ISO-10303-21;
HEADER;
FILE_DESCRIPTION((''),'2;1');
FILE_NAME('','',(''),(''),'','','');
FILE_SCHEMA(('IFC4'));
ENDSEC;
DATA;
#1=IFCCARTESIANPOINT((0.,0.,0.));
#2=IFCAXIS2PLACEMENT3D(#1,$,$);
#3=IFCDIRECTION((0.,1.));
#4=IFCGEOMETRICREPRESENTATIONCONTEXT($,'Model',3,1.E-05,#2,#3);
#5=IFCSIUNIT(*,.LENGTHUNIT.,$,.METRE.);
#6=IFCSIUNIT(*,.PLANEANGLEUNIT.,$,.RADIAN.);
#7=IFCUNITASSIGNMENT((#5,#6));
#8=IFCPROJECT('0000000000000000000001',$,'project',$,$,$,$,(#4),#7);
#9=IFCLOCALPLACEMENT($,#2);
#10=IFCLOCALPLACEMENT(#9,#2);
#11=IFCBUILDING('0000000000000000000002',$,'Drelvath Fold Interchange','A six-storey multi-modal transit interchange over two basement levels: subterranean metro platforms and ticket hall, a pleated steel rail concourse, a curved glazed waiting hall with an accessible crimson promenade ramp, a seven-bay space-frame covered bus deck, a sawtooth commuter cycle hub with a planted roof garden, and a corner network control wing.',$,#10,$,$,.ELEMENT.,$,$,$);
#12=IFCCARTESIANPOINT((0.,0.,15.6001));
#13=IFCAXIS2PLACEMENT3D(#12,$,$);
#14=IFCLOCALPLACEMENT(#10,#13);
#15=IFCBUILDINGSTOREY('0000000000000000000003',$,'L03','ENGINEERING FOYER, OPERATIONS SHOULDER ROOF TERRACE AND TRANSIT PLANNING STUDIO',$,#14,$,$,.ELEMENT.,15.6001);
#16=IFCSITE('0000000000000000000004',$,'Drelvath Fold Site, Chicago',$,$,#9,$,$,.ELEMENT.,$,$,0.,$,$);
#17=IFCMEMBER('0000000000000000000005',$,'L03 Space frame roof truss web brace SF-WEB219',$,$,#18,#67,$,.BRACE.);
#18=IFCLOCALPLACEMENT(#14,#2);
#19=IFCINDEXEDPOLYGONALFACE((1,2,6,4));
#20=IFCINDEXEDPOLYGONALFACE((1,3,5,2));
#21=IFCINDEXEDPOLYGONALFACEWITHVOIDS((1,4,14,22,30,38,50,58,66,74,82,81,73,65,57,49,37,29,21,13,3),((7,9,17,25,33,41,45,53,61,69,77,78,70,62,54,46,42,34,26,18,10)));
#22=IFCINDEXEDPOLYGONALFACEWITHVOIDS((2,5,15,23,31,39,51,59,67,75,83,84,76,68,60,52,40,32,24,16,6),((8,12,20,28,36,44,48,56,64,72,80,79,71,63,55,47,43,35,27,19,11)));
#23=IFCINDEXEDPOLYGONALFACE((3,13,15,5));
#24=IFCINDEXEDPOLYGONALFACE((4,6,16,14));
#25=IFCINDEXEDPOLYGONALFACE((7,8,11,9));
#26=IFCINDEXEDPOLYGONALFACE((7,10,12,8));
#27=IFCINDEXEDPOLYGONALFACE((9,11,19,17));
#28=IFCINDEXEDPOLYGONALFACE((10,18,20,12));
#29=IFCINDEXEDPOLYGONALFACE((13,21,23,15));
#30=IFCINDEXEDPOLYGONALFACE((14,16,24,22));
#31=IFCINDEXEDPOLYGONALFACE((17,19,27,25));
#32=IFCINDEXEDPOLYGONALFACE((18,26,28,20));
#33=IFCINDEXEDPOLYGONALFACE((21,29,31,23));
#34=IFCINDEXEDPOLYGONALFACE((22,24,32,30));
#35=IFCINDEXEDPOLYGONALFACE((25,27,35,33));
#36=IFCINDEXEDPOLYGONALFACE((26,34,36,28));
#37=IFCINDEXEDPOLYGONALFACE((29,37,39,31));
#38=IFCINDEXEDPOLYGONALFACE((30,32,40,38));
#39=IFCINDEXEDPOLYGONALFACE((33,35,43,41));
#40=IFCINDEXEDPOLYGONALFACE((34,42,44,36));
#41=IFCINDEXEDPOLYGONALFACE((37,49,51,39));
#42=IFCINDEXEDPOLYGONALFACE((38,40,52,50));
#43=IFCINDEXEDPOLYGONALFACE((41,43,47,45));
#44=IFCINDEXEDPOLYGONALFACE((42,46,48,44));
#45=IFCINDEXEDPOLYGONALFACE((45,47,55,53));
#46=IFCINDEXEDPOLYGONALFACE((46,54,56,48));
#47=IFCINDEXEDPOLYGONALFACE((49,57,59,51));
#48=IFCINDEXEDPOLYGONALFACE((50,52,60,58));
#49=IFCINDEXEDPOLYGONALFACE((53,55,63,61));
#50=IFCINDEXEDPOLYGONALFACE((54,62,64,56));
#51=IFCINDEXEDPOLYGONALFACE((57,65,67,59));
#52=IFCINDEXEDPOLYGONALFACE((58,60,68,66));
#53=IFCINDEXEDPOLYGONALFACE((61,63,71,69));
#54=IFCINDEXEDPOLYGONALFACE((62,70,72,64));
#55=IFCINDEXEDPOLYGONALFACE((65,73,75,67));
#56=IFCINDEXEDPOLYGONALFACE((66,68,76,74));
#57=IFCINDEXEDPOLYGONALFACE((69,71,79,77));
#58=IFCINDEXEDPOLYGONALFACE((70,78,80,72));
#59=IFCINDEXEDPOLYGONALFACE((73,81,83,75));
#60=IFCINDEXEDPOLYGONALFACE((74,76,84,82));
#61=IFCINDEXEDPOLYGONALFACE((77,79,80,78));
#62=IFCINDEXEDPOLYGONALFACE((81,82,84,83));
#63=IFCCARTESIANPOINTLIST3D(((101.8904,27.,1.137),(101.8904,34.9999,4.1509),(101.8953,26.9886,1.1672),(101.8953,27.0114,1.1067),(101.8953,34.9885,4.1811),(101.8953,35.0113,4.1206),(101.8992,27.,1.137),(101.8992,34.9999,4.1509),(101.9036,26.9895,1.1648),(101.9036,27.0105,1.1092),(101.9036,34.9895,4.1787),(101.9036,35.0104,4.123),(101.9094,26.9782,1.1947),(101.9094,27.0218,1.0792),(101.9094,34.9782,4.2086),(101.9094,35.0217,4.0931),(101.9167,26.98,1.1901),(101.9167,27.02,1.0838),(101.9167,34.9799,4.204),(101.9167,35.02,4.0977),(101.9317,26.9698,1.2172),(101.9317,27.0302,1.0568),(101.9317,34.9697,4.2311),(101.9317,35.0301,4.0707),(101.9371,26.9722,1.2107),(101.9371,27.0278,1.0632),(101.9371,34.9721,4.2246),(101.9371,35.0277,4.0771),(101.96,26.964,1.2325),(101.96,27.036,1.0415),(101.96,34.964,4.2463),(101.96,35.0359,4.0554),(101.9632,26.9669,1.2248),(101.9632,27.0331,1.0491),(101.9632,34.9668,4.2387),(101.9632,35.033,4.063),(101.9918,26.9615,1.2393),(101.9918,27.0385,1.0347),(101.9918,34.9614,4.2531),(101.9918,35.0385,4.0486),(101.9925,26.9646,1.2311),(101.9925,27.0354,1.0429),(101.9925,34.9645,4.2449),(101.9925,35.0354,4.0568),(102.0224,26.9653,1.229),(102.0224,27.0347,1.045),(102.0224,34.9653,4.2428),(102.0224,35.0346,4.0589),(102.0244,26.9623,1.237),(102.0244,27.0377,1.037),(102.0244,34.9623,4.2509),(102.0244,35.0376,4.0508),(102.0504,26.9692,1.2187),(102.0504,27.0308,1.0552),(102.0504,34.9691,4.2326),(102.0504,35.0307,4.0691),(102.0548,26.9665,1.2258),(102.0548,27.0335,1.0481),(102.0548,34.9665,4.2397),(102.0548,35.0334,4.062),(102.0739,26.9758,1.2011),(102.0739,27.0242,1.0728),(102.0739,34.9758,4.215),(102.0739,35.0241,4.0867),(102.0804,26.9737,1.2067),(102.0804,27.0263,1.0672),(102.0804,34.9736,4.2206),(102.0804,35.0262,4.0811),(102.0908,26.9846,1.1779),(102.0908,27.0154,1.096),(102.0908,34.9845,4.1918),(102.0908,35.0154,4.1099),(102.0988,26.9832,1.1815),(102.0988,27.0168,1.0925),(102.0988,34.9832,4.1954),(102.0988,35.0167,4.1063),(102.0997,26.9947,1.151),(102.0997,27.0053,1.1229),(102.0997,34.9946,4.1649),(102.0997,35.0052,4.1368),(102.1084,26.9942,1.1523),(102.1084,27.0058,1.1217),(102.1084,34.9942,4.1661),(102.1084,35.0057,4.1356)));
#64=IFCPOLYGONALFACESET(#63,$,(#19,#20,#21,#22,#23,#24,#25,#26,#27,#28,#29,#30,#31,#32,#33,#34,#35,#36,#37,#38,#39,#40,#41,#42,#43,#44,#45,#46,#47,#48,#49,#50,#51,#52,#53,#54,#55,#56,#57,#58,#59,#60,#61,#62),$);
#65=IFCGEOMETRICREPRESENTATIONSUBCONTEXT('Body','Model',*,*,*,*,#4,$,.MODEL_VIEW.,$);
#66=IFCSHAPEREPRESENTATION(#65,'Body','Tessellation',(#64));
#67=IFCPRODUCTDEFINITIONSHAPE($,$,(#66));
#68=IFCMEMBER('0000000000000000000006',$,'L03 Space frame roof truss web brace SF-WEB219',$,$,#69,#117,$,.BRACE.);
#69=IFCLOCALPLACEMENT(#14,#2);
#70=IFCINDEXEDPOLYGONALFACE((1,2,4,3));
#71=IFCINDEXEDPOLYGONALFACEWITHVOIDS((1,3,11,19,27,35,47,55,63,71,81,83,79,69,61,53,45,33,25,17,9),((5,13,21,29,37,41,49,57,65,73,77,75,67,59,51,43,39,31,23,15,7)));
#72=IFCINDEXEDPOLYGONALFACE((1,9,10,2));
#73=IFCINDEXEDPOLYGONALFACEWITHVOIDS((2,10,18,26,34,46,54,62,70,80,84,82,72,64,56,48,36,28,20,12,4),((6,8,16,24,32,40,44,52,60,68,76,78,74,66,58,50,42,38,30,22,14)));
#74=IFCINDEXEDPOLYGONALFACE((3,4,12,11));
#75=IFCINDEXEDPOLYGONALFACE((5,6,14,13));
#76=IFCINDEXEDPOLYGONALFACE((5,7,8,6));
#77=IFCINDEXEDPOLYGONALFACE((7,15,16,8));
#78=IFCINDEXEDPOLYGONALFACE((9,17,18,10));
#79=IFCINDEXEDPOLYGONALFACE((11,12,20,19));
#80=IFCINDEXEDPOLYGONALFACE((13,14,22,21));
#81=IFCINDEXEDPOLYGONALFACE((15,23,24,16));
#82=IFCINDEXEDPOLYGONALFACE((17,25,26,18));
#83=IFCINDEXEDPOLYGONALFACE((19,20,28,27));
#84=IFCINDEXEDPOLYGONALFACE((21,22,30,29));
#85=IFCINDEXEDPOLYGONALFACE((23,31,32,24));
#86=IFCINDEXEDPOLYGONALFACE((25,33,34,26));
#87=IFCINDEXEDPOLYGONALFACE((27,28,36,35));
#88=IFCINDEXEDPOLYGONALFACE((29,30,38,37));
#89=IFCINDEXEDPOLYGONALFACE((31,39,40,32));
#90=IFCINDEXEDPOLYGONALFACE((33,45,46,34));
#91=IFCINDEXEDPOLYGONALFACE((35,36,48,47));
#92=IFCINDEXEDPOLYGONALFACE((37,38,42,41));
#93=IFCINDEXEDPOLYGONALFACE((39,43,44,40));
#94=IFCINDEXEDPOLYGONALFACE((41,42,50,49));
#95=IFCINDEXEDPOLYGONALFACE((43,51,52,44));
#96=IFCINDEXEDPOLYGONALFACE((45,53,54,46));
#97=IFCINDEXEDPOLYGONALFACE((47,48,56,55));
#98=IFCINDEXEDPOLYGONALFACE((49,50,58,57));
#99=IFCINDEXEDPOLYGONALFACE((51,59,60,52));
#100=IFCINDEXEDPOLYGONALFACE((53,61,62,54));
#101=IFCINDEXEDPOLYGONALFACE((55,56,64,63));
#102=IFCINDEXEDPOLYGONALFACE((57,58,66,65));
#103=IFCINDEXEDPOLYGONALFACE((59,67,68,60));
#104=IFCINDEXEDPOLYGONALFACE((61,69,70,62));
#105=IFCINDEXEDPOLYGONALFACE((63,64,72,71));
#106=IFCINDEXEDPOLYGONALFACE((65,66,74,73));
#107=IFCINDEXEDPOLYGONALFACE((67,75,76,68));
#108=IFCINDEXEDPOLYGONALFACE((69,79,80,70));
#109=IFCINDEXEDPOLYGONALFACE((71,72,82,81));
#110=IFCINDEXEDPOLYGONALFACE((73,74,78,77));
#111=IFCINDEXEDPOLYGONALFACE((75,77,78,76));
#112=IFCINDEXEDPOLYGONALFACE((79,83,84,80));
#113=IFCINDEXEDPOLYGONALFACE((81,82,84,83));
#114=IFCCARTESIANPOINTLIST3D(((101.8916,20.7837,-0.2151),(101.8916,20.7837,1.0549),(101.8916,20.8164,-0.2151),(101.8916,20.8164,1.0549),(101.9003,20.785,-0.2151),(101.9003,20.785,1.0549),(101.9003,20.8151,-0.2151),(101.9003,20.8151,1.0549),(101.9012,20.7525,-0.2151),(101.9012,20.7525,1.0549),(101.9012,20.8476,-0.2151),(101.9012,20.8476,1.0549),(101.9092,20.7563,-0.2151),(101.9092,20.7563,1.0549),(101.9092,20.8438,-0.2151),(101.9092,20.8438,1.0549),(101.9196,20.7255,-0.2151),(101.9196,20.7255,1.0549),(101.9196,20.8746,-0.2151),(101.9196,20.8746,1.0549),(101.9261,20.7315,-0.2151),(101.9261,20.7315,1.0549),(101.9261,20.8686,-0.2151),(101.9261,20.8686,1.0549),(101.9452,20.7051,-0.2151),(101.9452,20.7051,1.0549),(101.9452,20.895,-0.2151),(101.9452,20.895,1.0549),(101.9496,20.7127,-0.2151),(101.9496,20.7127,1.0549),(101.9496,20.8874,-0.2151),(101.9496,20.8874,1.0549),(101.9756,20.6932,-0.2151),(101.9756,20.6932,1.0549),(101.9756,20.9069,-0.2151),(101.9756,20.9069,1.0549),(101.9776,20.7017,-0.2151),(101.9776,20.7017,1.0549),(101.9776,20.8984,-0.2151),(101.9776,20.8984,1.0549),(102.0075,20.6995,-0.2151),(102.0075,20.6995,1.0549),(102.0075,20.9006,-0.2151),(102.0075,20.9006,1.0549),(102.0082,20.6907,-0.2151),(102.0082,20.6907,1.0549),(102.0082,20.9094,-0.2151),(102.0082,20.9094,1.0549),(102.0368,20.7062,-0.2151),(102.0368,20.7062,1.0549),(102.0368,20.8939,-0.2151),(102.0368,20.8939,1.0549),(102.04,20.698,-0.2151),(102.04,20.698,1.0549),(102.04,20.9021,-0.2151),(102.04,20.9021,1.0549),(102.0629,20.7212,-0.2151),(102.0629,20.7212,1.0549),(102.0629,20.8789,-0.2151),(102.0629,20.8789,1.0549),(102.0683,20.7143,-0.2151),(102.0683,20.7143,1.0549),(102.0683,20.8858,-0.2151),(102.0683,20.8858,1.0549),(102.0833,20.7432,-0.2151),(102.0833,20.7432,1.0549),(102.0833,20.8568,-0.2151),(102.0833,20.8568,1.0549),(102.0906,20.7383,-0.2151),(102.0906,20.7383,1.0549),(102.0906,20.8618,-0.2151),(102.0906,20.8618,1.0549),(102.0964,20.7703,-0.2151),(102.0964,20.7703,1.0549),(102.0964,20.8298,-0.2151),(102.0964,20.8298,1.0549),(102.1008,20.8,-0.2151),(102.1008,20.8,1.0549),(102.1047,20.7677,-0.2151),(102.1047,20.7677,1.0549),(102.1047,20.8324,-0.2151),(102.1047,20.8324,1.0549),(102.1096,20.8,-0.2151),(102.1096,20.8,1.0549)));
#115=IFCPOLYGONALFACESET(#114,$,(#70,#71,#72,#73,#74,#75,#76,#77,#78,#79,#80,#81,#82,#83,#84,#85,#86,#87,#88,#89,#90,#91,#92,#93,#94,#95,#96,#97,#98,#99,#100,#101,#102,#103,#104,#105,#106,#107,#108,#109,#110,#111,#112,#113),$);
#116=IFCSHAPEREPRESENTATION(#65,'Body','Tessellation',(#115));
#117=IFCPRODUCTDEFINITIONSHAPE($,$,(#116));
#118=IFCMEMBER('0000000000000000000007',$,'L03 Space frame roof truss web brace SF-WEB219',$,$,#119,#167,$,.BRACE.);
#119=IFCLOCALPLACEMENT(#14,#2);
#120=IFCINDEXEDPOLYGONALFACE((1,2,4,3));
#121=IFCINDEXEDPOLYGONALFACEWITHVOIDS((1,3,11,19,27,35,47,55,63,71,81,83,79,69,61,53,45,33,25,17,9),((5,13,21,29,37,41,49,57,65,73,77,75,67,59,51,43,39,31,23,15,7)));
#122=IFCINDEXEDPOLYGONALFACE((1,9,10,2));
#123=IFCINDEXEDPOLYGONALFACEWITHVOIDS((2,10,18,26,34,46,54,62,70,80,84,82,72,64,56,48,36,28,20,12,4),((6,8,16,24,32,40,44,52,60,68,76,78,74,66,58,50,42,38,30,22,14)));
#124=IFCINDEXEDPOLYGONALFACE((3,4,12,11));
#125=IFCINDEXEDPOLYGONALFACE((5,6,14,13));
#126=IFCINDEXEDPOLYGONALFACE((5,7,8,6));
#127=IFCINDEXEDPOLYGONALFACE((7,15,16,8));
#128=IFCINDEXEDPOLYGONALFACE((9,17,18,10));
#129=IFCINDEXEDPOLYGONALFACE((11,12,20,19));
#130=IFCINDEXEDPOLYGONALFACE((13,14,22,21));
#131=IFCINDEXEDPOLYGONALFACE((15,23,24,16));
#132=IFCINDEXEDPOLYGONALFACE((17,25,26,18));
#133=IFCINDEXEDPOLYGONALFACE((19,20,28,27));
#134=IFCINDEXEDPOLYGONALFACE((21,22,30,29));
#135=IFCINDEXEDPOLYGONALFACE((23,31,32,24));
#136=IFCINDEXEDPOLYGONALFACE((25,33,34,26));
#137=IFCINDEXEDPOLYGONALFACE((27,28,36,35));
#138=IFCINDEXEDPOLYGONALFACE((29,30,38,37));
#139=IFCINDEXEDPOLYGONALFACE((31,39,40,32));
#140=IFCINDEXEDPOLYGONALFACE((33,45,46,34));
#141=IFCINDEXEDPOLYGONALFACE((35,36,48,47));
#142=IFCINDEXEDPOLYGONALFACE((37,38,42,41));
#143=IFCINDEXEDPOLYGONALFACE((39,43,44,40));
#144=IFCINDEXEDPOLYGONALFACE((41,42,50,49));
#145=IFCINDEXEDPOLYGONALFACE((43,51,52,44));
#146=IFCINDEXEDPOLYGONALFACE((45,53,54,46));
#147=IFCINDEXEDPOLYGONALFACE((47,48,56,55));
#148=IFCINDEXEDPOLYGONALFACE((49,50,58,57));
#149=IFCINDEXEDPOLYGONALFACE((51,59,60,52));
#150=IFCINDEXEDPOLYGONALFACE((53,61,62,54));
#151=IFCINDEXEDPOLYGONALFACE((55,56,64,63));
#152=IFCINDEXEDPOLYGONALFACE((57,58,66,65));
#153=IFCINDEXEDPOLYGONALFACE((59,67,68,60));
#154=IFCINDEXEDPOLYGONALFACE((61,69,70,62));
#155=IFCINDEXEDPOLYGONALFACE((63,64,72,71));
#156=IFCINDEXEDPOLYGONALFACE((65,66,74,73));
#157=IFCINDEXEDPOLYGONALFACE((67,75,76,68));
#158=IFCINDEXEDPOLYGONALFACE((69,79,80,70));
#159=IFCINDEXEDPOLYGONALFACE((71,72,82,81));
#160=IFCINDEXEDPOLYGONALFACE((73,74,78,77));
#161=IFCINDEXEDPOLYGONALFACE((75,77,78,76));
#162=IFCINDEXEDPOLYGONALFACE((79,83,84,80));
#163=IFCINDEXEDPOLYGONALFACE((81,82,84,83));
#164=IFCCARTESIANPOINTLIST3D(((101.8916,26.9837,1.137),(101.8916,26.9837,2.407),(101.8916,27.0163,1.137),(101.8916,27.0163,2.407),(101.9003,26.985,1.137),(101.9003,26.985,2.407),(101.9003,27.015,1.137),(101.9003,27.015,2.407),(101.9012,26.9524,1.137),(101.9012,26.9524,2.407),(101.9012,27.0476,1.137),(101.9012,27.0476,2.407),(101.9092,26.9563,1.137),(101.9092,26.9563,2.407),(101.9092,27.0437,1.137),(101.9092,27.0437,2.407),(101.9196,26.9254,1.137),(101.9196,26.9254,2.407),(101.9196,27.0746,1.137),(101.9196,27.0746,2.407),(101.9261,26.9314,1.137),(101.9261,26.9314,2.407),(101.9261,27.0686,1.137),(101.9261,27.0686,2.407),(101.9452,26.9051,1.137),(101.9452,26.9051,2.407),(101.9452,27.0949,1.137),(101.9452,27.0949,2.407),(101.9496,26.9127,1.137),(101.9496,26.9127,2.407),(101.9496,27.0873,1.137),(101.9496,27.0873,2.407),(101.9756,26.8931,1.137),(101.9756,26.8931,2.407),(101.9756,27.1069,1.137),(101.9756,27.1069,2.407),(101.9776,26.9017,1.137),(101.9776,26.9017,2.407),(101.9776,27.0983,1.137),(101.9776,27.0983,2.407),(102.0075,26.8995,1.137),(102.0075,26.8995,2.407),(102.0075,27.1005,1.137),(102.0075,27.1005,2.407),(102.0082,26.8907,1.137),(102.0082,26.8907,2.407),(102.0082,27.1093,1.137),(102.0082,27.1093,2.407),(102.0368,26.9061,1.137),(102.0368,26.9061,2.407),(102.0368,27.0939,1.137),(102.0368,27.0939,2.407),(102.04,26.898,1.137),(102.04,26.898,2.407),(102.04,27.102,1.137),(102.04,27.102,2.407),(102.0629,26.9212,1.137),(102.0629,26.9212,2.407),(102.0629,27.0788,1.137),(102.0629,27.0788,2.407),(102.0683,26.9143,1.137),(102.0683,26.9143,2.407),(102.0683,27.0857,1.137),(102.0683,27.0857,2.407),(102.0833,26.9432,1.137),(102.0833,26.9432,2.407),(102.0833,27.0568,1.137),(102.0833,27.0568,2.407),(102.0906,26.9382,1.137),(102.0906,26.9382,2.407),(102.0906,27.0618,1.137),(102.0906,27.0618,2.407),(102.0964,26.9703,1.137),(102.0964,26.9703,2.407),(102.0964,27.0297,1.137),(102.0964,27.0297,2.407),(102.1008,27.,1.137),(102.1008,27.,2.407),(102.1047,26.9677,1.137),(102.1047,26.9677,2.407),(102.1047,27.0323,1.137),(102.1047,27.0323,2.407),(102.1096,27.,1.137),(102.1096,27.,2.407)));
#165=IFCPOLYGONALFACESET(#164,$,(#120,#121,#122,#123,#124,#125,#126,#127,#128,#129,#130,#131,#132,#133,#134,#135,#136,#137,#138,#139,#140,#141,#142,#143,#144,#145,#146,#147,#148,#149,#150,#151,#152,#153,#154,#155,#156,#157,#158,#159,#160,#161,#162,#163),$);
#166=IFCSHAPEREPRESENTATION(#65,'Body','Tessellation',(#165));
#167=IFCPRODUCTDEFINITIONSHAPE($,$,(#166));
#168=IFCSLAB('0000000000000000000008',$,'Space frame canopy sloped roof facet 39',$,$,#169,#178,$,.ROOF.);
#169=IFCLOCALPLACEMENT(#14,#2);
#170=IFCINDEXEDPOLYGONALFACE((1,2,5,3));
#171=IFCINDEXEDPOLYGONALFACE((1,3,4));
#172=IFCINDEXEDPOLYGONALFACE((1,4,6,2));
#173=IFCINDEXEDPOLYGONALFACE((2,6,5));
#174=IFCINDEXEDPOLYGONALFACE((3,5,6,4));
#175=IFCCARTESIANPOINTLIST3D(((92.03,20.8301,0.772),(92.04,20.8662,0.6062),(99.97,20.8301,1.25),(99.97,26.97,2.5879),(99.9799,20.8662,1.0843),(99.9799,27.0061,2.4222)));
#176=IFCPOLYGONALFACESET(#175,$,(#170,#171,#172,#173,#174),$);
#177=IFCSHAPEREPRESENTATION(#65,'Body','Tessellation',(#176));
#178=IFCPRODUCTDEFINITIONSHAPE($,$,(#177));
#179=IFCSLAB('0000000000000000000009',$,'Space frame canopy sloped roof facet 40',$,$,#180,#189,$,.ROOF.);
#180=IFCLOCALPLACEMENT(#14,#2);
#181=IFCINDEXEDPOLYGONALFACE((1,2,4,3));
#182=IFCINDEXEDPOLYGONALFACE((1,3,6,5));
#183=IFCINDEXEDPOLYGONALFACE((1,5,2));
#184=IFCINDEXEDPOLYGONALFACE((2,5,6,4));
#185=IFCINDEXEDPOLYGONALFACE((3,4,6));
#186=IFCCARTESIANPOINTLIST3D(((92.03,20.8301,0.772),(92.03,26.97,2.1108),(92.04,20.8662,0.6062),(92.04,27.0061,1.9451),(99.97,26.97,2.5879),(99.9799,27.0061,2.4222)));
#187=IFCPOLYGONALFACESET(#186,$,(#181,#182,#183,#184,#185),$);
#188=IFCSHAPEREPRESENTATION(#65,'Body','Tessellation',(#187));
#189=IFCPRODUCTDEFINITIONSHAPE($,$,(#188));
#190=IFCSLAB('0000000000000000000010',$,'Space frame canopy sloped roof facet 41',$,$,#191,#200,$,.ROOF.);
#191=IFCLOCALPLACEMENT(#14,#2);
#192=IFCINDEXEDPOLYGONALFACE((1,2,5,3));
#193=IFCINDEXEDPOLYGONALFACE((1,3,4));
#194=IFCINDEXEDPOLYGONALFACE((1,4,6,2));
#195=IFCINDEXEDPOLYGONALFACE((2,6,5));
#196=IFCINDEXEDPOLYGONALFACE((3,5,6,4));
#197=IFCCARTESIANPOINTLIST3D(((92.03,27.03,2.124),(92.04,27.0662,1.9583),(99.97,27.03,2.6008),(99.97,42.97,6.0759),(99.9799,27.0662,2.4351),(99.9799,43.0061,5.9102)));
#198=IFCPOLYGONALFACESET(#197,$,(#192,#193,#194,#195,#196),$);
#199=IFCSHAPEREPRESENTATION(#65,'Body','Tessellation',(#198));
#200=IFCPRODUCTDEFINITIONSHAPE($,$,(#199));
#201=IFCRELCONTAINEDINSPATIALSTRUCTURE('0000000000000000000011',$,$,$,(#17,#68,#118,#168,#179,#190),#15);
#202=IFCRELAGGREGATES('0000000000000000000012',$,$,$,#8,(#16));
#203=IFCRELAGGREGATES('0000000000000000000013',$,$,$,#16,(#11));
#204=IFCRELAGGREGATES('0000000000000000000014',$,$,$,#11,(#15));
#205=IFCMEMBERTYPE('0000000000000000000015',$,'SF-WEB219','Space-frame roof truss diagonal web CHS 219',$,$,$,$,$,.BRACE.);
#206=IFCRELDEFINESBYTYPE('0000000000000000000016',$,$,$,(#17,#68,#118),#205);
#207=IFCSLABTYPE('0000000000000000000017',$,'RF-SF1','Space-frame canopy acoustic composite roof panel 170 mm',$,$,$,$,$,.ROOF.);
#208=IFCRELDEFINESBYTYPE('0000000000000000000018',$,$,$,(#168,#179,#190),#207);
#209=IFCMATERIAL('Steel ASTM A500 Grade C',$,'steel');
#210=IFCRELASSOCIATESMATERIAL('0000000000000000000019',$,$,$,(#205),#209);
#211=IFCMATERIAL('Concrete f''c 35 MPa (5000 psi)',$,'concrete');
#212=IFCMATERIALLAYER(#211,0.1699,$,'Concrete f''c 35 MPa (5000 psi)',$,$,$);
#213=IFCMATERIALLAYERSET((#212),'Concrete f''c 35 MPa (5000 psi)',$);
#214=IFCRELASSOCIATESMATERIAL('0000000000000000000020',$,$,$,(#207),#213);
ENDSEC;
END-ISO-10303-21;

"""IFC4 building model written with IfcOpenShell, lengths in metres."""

from ifc_helpers import new_model, si_unit, direction, frame, origin, origin_2d, place, context, subcontext, project, spatial, polyline, hollow_circle, outline, extrude, material, layer, layer_set, material_profile, profile_set, type_object, element, save


model = new_model("IFC4")

# Units and contexts
model_context = context("Model", 3, precision=1e-05, world=origin(), true_north=direction((0.0, 1.0)))
body_context = subcontext(model_context, "Body", "Model", "MODEL_VIEW")
ifc_project = project(units=[si_unit("LENGTHUNIT", "METRE"), si_unit("PLANEANGLEUNIT", "RADIAN")], contexts=[model_context])

# Site, building, storey
site_placement = place(None, origin())
site = spatial("IfcSite", under=ifc_project, at=site_placement, Name="Drelvath Fold Site, Chicago", CompositionType="ELEMENT", RefElevation=0.0)
building_placement = place(site_placement, origin())
building = spatial("IfcBuilding", under=site, at=building_placement, Name="Drelvath Fold Interchange", Description="A six-storey multi-modal transit interchange over two basement levels: subterranean metro platforms and ticket hall, a pleated steel rail concourse, a curved glazed waiting hall with an accessible crimson promenade ramp, a seven-bay space-frame covered bus deck, a sawtooth commuter cycle hub with a planted roof garden, and a corner network control wing.", CompositionType="ELEMENT")
storey_placement = place(building_placement, frame((0.0, 0.0, 15.6001)))
storey = spatial("IfcBuildingStorey", under=building, at=storey_placement, Name="L03", Description="ENGINEERING FOYER, OPERATIONS SHOULDER ROOF TERRACE AND TRANSIT PLANNING STUDIO", CompositionType="ELEMENT", Elevation=15.6001)

# Shared definitions
ifc_material_1 = material(Name="Steel ASTM A500 Grade C", Category="steel")

# Members
ifc_material_profile_1 = material_profile(ifc_material_1, hollow_circle(Radius=0.1096, WallThickness=0.0088, at=origin_2d()), Name="HSS8.625X0.375")
ifc_profile_set_1 = profile_set([ifc_material_profile_1], Name="Steel ASTM A500 Grade C")
member_type_1 = type_object("IfcMemberType", Name="SF-WEB219", Description="Space-frame roof truss diagonal web CHS 219", PredefinedType="BRACE", material=ifc_profile_set_1)
member_1_placement = place(storey_placement, frame((102.0, 27.0, 1.137), z_axis=(0.0, 0.935793, 0.35255), x_axis=(-1.0, 0.0, 0.0)))
element("IfcMember", 1, at=member_1_placement, inside=storey, type_object=member_type_1, Name="L03 Space frame roof truss web brace SF-WEB219", PredefinedType="BRACE", context=body_context, shape_type="SweptSolid", body=[
    extrude(hollow_circle(Radius=0.1096, WallThickness=0.0088, at=origin_2d()), origin(), (0.0, 0.0, 1.0), 8.5488),
])
for number, where, z_axis, x_axis, name in (
    (2, (102.0, 20.8, -0.2151), (0.0, 0.0, 1.0), (1.0, 0.0, 0.0), "L03 Space frame roof truss web brace SF-WEB219"),
    (3, (102.0, 27.0, 1.137), (0.0, 0.0, 1.0), (1.0, 0.0, 0.0), "L03 Space frame roof truss web brace SF-WEB219"),
):
    element("IfcMember", number, at=place(storey_placement, frame(where, z_axis=z_axis, x_axis=x_axis)), inside=storey, type_object=member_type_1, Name=name, PredefinedType="BRACE", context=body_context, shape_type="SweptSolid", body=[
        extrude(hollow_circle(Radius=0.1096, WallThickness=0.0088, at=origin_2d()), origin(), (0.0, 0.0, 1.0), 1.27),
    ])

# Slabs
ifc_material_2 = material(Name="Concrete f'c 35 MPa (5000 psi)", Category="concrete")
ifc_layer_1 = layer(ifc_material_2, 0.1699, Name="Concrete f'c 35 MPa (5000 psi)")
ifc_layer_set_1 = layer_set([ifc_layer_1], Name="Concrete f'c 35 MPa (5000 psi)")
slab_type = type_object("IfcSlabType", Name="RF-SF1", Description="Space-frame canopy acoustic composite roof panel 170 mm", PredefinedType="ROOF", material=ifc_layer_set_1)
slab_1_placement = place(storey_placement, frame((92.03, 20.8301, 0.772), z_axis=(-0.058724, -0.212538, 0.975387), x_axis=(0.998193, 0.0, 0.060097)))
element("IfcSlab", 4, at=slab_1_placement, inside=storey, type_object=slab_type, Name="Space frame canopy sloped roof facet 39", PredefinedType="ROOF", context=body_context, shape_type="SweptSolid", body=[
    extrude(outline(polyline([(0.0, 0.0), (7.9543, 0.0), (8.0347, 6.2835), (0.0, 0.0)])), origin(), (0.0, 0.0, -1.0), 0.1699),
])
slab_2_placement = place(storey_placement, frame((92.03, 20.8301, 0.772), z_axis=(-0.058602, -0.212688, 0.975361), x_axis=(0.778431, 0.601955, 0.178032)))
element("IfcSlab", 5, at=slab_2_placement, inside=storey, type_object=slab_type, Name="Space frame canopy sloped roof facet 40", PredefinedType="ROOF", context=body_context, shape_type="SweptSolid", body=[
    extrude(outline(polyline([(0.0, 0.0), (10.1999, 0.0), (3.9343, 4.9002), (0.0, 0.0)])), origin(), (0.0, 0.0, -1.0), 0.1699),
])
slab_3_placement = place(storey_placement, frame((92.03, 27.03, 2.124), z_axis=(-0.058573, -0.212643, 0.975373), x_axis=(0.998202, 0.0, 0.059944)))
element("IfcSlab", 6, at=slab_3_placement, inside=storey, type_object=slab_type, Name="Space frame canopy sloped roof facet 41", PredefinedType="ROOF", context=body_context, shape_type="SweptSolid", body=[
    extrude(outline(polyline([(0.0, 0.0), (7.9542, 0.0), (8.1626, 16.313), (0.0, 0.0)])), origin(), (0.0, 0.0, -1.0), 0.1699),
])

save(model, "model.ifc")
